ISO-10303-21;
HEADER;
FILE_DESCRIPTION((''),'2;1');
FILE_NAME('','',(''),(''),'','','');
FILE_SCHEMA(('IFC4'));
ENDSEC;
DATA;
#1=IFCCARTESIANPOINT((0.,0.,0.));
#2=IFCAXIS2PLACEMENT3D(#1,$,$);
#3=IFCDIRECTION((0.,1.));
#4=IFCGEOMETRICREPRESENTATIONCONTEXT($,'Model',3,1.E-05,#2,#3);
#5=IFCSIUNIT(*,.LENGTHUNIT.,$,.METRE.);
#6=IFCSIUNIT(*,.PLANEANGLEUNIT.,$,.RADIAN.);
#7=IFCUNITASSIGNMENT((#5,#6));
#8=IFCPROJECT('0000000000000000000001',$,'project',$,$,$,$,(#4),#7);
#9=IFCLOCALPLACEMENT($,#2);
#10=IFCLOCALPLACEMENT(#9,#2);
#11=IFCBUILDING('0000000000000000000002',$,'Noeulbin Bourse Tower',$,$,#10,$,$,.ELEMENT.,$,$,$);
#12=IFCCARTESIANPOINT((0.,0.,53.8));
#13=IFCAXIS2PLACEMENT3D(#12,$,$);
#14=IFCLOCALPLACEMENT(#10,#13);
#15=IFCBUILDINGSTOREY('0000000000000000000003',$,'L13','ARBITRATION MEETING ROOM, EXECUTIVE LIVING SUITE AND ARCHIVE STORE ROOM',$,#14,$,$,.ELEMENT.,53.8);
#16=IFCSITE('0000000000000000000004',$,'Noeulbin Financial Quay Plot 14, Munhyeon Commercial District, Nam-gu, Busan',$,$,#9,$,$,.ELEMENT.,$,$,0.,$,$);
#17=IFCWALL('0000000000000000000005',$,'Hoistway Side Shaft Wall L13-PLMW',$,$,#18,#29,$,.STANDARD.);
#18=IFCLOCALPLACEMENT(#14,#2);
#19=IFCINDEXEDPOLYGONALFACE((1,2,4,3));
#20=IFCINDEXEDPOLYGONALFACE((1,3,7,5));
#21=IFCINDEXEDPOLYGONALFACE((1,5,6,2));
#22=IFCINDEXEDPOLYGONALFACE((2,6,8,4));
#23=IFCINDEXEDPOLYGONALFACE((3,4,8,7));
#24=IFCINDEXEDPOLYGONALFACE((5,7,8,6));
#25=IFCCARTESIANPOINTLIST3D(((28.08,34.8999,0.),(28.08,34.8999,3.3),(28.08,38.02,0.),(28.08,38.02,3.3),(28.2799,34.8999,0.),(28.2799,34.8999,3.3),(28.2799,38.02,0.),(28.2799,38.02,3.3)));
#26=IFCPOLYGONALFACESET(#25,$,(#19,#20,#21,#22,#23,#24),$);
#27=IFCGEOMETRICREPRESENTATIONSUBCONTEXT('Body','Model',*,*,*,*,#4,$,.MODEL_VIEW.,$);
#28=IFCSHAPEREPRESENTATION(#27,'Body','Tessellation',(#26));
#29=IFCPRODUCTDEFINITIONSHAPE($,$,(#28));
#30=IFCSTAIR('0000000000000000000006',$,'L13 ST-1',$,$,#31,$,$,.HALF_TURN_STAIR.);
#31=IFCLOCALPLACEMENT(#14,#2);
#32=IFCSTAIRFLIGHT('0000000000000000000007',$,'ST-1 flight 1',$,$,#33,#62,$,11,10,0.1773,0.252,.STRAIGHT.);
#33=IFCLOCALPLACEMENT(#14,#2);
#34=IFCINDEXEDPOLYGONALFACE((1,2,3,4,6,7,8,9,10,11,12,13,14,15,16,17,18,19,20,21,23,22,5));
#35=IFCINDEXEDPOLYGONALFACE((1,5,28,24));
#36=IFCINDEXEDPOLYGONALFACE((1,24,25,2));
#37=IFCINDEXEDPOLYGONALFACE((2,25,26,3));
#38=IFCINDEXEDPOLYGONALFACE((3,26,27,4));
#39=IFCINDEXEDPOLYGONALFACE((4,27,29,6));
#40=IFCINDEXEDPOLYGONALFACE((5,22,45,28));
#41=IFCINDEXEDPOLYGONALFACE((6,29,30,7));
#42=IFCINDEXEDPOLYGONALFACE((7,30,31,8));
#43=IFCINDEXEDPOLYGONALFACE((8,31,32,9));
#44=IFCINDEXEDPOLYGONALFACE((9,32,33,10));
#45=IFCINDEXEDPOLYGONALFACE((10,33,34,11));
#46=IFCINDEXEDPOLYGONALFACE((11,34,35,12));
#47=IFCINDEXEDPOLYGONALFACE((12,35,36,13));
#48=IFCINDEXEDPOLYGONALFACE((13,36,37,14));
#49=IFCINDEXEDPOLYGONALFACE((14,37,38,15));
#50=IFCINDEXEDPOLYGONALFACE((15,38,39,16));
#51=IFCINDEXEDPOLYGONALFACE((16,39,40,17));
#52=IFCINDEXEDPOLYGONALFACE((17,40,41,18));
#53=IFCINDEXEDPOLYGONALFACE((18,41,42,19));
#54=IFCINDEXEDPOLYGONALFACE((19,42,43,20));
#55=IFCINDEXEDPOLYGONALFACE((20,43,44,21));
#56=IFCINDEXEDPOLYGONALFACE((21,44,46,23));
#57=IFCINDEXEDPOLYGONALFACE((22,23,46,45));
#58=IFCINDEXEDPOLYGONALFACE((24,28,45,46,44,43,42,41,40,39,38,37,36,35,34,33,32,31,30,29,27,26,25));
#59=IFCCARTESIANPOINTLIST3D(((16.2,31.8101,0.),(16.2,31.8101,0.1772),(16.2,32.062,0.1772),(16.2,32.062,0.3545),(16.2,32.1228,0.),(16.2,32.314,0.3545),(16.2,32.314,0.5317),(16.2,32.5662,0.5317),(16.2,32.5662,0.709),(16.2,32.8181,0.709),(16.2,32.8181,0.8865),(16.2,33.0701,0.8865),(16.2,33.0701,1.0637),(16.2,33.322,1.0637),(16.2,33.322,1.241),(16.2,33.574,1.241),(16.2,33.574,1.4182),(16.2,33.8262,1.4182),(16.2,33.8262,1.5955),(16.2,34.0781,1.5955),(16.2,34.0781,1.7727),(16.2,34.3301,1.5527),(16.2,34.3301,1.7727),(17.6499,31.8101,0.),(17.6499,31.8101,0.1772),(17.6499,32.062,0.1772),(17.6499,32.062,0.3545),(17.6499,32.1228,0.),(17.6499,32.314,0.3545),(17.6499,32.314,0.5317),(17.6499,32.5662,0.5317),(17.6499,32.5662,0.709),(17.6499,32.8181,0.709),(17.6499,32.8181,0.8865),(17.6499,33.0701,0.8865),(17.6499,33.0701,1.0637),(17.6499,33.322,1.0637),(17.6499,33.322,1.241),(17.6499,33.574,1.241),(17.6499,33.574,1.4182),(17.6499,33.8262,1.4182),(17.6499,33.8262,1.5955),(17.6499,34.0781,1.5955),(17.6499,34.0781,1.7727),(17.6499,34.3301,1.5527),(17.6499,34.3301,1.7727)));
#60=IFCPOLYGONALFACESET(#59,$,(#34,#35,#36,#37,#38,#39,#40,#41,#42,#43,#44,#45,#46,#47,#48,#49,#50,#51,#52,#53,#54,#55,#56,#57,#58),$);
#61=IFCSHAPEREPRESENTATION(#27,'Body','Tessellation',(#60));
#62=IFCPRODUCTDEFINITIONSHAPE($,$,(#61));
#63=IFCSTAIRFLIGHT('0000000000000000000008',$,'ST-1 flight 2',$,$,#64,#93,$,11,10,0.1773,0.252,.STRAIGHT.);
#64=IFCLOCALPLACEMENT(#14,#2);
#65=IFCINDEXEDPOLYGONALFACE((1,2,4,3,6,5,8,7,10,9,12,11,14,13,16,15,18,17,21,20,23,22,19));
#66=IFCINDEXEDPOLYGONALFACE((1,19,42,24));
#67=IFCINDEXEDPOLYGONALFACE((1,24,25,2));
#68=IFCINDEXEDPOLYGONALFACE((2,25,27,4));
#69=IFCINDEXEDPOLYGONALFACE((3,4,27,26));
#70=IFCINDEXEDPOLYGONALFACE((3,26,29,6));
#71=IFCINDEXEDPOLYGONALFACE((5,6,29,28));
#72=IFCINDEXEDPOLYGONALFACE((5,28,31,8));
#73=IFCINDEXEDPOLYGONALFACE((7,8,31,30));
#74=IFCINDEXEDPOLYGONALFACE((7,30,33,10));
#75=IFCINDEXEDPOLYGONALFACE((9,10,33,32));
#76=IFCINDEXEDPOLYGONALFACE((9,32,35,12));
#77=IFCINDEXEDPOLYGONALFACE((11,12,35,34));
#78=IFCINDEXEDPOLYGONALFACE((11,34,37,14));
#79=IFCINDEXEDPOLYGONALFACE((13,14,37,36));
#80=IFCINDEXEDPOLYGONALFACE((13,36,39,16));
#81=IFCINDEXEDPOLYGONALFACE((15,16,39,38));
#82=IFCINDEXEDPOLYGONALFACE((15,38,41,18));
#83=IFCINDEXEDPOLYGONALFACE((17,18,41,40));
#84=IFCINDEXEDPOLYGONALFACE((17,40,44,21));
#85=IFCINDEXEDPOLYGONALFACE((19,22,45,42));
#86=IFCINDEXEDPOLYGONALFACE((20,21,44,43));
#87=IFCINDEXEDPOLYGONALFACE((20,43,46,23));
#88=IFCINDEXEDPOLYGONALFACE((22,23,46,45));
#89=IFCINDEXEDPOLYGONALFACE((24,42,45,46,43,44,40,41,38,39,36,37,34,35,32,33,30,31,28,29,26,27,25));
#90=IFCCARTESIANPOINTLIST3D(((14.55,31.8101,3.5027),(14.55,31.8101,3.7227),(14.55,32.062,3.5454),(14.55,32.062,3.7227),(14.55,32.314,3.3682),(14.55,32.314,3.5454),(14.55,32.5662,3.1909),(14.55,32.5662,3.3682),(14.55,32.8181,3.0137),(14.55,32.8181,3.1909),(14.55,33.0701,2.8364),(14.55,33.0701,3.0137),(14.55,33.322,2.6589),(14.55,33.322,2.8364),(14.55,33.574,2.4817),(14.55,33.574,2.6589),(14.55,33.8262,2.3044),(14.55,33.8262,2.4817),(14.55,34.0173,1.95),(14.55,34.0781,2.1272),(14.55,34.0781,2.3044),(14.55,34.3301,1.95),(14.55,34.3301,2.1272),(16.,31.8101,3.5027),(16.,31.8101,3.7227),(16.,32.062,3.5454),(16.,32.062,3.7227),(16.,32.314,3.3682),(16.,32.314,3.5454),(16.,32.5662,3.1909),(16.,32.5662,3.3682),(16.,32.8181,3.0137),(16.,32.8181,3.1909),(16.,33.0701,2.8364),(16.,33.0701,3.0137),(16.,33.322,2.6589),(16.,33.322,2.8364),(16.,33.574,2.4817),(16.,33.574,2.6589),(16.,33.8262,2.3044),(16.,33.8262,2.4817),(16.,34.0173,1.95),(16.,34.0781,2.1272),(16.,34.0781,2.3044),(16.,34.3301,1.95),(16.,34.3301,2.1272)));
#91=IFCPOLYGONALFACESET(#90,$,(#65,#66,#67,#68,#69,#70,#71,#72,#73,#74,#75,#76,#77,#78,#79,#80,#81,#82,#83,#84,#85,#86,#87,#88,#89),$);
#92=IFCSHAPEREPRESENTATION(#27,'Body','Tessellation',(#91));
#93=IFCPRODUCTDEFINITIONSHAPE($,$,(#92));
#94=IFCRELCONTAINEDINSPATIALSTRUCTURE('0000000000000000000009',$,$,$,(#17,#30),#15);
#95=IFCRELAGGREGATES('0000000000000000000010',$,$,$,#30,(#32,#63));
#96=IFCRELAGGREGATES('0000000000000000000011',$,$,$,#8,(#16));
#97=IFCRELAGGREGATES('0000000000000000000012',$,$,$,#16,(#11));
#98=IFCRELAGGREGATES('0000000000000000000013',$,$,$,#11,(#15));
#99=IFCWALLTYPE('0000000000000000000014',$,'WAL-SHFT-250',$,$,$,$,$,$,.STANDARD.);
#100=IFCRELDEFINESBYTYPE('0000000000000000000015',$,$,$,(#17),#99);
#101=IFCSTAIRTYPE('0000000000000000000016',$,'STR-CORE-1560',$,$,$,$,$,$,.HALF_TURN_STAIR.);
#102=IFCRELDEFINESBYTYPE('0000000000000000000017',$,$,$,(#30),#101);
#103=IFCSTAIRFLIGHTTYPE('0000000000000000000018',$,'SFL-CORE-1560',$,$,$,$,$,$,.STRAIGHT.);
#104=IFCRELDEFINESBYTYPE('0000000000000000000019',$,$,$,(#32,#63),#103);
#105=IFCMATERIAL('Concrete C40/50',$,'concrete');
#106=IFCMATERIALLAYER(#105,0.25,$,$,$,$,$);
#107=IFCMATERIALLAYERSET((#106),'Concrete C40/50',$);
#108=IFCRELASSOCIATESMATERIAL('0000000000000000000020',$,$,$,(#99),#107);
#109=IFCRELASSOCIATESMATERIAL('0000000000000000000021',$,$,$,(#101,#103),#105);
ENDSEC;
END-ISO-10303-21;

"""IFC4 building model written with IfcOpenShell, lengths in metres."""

from ifc_helpers import new_model, si_unit, direction, frame, frame_2d, origin, place, context, subcontext, project, spatial, polyline, rectangle, outline, extrude, material, layer, layer_set, type_object, element, aggregate, save


model = new_model("IFC4")

# Units and contexts
model_context = context("Model", 3, precision=1e-05, world=origin(), true_north=direction((0.0, 1.0)))
body_context = subcontext(model_context, "Body", "Model", "MODEL_VIEW")
ifc_project = project(units=[si_unit("LENGTHUNIT", "METRE"), si_unit("PLANEANGLEUNIT", "RADIAN")], contexts=[model_context])

# Site, building, storey
site_placement = place(None, origin())
site = spatial("IfcSite", under=ifc_project, at=site_placement, Name="Noeulbin Financial Quay Plot 14, Munhyeon Commercial District, Nam-gu, Busan", CompositionType="ELEMENT", RefElevation=0.0)
building_placement = place(site_placement, origin())
building = spatial("IfcBuilding", under=site, at=building_placement, Name="Noeulbin Bourse Tower", CompositionType="ELEMENT")
storey_placement = place(building_placement, frame((0.0, 0.0, 53.8)))
storey = spatial("IfcBuildingStorey", under=building, at=storey_placement, Name="L13", Description="ARBITRATION MEETING ROOM, EXECUTIVE LIVING SUITE AND ARCHIVE STORE ROOM", CompositionType="ELEMENT", Elevation=53.8)

# Shared definitions
ifc_material_1 = material(Name="Concrete C40/50", Category="concrete")
ifc_layer_1 = layer(ifc_material_1, 0.25)
ifc_layer_set_1 = layer_set([ifc_layer_1], Name="Concrete C40/50")
wall_type_1 = type_object("IfcWallType", Name="WAL-SHFT-250", PredefinedType="STANDARD", material=ifc_layer_set_1)

# Wall
wall_1_placement = place(storey_placement, frame((28.1799, 34.8999, 0.0), z_axis=(0.0, 0.0, 1.0), x_axis=(0.0, 1.0, 0.0)))
element("IfcWall", 1, at=wall_1_placement, inside=storey, type_object=wall_type_1, Name="Hoistway Side Shaft Wall L13-PLMW", PredefinedType="STANDARD", context=body_context, shape_type="SweptSolid", body=[
    extrude(rectangle(XDim=3.1201, YDim=0.2, at=frame_2d((1.5601, 0.0))), origin(), (0.0, 0.0, 1.0), 3.3),
])

# Stair, stair flights
stair_type = type_object("IfcStairType", Name="STR-CORE-1560", PredefinedType="HALF_TURN_STAIR", material=ifc_material_1)
stair_placement = place(storey_placement, origin())
stair = element("IfcStair", 2, at=stair_placement, inside=storey, type_object=stair_type, Name="L13 ST-1", PredefinedType="HALF_TURN_STAIR")
stair_flight_type = type_object("IfcStairFlightType", Name="SFL-CORE-1560", PredefinedType="STRAIGHT", material=ifc_material_1)
stair_flight_1_placement = place(storey_placement, frame((16.925, 31.8101, 0.0), z_axis=(0.0, 0.0, 1.0), x_axis=(0.0, 1.0, 0.0)))
stair_flight_1 = element("IfcStairFlight", 3, at=stair_flight_1_placement, type_object=stair_flight_type, Name="ST-1 flight 1", NumberOfRisers=11, NumberOfTreads=10, PredefinedType="STRAIGHT", RiserHeight=0.1773, TreadLength=0.252, context=body_context, shape_type="SweptSolid", body=[
    extrude(outline(polyline([(0.0, 0.0), (0.0, 0.1772), (0.252, 0.1772), (0.252, 0.3545), (0.5039, 0.3545), (0.5039, 0.5317), (0.7561, 0.5317), (0.7561, 0.709), (1.0081, 0.709), (1.0081, 0.8865), (1.26, 0.8865), (1.26, 1.0637), (1.512, 1.0637), (1.512, 1.241), (1.7639, 1.241), (1.7639, 1.4182), (2.0161, 1.4182), (2.0161, 1.5955), (2.2681, 1.5955), (2.2681, 1.7727), (2.52, 1.7727), (2.52, 1.95), (2.52, 1.5527), (0.3127, 0.0), (0.0, 0.0)])), frame((0.0, 0.7251, 0.0), z_axis=(0.0, -1.0, 0.0), x_axis=(1.0, 0.0, 0.0)), (0.0, 0.0, 1.0), 1.45),
])
stair_flight_2_placement = place(storey_placement, frame((15.2749, 34.3301, 1.95), z_axis=(0.0, 0.0, 1.0), x_axis=(0.0, -1.0, 0.0)))
stair_flight_2 = element("IfcStairFlight", 4, at=stair_flight_2_placement, type_object=stair_flight_type, Name="ST-1 flight 2", NumberOfRisers=11, NumberOfTreads=10, PredefinedType="STRAIGHT", RiserHeight=0.1773, TreadLength=0.252, context=body_context, shape_type="SweptSolid", body=[
    extrude(outline(polyline([(0.0, 0.0), (0.0, 0.1772), (0.252, 0.1772), (0.252, 0.3545), (0.5039, 0.3545), (0.5039, 0.5317), (0.7561, 0.5317), (0.7561, 0.709), (1.0081, 0.709), (1.0081, 0.8865), (1.26, 0.8865), (1.26, 1.0637), (1.512, 1.0637), (1.512, 1.241), (1.7639, 1.241), (1.7639, 1.4182), (2.0161, 1.4182), (2.0161, 1.5955), (2.2681, 1.5955), (2.2681, 1.7727), (2.52, 1.7727), (2.52, 1.95), (2.52, 1.5527), (0.3127, 0.0), (0.0, 0.0)])), frame((0.0, 0.7251, 0.0), z_axis=(0.0, -1.0, 0.0), x_axis=(1.0, 0.0, 0.0)), (0.0, 0.0, 1.0), 1.45),
])
aggregate(stair, [stair_flight_1, stair_flight_2])

save(model, "model.ifc")
